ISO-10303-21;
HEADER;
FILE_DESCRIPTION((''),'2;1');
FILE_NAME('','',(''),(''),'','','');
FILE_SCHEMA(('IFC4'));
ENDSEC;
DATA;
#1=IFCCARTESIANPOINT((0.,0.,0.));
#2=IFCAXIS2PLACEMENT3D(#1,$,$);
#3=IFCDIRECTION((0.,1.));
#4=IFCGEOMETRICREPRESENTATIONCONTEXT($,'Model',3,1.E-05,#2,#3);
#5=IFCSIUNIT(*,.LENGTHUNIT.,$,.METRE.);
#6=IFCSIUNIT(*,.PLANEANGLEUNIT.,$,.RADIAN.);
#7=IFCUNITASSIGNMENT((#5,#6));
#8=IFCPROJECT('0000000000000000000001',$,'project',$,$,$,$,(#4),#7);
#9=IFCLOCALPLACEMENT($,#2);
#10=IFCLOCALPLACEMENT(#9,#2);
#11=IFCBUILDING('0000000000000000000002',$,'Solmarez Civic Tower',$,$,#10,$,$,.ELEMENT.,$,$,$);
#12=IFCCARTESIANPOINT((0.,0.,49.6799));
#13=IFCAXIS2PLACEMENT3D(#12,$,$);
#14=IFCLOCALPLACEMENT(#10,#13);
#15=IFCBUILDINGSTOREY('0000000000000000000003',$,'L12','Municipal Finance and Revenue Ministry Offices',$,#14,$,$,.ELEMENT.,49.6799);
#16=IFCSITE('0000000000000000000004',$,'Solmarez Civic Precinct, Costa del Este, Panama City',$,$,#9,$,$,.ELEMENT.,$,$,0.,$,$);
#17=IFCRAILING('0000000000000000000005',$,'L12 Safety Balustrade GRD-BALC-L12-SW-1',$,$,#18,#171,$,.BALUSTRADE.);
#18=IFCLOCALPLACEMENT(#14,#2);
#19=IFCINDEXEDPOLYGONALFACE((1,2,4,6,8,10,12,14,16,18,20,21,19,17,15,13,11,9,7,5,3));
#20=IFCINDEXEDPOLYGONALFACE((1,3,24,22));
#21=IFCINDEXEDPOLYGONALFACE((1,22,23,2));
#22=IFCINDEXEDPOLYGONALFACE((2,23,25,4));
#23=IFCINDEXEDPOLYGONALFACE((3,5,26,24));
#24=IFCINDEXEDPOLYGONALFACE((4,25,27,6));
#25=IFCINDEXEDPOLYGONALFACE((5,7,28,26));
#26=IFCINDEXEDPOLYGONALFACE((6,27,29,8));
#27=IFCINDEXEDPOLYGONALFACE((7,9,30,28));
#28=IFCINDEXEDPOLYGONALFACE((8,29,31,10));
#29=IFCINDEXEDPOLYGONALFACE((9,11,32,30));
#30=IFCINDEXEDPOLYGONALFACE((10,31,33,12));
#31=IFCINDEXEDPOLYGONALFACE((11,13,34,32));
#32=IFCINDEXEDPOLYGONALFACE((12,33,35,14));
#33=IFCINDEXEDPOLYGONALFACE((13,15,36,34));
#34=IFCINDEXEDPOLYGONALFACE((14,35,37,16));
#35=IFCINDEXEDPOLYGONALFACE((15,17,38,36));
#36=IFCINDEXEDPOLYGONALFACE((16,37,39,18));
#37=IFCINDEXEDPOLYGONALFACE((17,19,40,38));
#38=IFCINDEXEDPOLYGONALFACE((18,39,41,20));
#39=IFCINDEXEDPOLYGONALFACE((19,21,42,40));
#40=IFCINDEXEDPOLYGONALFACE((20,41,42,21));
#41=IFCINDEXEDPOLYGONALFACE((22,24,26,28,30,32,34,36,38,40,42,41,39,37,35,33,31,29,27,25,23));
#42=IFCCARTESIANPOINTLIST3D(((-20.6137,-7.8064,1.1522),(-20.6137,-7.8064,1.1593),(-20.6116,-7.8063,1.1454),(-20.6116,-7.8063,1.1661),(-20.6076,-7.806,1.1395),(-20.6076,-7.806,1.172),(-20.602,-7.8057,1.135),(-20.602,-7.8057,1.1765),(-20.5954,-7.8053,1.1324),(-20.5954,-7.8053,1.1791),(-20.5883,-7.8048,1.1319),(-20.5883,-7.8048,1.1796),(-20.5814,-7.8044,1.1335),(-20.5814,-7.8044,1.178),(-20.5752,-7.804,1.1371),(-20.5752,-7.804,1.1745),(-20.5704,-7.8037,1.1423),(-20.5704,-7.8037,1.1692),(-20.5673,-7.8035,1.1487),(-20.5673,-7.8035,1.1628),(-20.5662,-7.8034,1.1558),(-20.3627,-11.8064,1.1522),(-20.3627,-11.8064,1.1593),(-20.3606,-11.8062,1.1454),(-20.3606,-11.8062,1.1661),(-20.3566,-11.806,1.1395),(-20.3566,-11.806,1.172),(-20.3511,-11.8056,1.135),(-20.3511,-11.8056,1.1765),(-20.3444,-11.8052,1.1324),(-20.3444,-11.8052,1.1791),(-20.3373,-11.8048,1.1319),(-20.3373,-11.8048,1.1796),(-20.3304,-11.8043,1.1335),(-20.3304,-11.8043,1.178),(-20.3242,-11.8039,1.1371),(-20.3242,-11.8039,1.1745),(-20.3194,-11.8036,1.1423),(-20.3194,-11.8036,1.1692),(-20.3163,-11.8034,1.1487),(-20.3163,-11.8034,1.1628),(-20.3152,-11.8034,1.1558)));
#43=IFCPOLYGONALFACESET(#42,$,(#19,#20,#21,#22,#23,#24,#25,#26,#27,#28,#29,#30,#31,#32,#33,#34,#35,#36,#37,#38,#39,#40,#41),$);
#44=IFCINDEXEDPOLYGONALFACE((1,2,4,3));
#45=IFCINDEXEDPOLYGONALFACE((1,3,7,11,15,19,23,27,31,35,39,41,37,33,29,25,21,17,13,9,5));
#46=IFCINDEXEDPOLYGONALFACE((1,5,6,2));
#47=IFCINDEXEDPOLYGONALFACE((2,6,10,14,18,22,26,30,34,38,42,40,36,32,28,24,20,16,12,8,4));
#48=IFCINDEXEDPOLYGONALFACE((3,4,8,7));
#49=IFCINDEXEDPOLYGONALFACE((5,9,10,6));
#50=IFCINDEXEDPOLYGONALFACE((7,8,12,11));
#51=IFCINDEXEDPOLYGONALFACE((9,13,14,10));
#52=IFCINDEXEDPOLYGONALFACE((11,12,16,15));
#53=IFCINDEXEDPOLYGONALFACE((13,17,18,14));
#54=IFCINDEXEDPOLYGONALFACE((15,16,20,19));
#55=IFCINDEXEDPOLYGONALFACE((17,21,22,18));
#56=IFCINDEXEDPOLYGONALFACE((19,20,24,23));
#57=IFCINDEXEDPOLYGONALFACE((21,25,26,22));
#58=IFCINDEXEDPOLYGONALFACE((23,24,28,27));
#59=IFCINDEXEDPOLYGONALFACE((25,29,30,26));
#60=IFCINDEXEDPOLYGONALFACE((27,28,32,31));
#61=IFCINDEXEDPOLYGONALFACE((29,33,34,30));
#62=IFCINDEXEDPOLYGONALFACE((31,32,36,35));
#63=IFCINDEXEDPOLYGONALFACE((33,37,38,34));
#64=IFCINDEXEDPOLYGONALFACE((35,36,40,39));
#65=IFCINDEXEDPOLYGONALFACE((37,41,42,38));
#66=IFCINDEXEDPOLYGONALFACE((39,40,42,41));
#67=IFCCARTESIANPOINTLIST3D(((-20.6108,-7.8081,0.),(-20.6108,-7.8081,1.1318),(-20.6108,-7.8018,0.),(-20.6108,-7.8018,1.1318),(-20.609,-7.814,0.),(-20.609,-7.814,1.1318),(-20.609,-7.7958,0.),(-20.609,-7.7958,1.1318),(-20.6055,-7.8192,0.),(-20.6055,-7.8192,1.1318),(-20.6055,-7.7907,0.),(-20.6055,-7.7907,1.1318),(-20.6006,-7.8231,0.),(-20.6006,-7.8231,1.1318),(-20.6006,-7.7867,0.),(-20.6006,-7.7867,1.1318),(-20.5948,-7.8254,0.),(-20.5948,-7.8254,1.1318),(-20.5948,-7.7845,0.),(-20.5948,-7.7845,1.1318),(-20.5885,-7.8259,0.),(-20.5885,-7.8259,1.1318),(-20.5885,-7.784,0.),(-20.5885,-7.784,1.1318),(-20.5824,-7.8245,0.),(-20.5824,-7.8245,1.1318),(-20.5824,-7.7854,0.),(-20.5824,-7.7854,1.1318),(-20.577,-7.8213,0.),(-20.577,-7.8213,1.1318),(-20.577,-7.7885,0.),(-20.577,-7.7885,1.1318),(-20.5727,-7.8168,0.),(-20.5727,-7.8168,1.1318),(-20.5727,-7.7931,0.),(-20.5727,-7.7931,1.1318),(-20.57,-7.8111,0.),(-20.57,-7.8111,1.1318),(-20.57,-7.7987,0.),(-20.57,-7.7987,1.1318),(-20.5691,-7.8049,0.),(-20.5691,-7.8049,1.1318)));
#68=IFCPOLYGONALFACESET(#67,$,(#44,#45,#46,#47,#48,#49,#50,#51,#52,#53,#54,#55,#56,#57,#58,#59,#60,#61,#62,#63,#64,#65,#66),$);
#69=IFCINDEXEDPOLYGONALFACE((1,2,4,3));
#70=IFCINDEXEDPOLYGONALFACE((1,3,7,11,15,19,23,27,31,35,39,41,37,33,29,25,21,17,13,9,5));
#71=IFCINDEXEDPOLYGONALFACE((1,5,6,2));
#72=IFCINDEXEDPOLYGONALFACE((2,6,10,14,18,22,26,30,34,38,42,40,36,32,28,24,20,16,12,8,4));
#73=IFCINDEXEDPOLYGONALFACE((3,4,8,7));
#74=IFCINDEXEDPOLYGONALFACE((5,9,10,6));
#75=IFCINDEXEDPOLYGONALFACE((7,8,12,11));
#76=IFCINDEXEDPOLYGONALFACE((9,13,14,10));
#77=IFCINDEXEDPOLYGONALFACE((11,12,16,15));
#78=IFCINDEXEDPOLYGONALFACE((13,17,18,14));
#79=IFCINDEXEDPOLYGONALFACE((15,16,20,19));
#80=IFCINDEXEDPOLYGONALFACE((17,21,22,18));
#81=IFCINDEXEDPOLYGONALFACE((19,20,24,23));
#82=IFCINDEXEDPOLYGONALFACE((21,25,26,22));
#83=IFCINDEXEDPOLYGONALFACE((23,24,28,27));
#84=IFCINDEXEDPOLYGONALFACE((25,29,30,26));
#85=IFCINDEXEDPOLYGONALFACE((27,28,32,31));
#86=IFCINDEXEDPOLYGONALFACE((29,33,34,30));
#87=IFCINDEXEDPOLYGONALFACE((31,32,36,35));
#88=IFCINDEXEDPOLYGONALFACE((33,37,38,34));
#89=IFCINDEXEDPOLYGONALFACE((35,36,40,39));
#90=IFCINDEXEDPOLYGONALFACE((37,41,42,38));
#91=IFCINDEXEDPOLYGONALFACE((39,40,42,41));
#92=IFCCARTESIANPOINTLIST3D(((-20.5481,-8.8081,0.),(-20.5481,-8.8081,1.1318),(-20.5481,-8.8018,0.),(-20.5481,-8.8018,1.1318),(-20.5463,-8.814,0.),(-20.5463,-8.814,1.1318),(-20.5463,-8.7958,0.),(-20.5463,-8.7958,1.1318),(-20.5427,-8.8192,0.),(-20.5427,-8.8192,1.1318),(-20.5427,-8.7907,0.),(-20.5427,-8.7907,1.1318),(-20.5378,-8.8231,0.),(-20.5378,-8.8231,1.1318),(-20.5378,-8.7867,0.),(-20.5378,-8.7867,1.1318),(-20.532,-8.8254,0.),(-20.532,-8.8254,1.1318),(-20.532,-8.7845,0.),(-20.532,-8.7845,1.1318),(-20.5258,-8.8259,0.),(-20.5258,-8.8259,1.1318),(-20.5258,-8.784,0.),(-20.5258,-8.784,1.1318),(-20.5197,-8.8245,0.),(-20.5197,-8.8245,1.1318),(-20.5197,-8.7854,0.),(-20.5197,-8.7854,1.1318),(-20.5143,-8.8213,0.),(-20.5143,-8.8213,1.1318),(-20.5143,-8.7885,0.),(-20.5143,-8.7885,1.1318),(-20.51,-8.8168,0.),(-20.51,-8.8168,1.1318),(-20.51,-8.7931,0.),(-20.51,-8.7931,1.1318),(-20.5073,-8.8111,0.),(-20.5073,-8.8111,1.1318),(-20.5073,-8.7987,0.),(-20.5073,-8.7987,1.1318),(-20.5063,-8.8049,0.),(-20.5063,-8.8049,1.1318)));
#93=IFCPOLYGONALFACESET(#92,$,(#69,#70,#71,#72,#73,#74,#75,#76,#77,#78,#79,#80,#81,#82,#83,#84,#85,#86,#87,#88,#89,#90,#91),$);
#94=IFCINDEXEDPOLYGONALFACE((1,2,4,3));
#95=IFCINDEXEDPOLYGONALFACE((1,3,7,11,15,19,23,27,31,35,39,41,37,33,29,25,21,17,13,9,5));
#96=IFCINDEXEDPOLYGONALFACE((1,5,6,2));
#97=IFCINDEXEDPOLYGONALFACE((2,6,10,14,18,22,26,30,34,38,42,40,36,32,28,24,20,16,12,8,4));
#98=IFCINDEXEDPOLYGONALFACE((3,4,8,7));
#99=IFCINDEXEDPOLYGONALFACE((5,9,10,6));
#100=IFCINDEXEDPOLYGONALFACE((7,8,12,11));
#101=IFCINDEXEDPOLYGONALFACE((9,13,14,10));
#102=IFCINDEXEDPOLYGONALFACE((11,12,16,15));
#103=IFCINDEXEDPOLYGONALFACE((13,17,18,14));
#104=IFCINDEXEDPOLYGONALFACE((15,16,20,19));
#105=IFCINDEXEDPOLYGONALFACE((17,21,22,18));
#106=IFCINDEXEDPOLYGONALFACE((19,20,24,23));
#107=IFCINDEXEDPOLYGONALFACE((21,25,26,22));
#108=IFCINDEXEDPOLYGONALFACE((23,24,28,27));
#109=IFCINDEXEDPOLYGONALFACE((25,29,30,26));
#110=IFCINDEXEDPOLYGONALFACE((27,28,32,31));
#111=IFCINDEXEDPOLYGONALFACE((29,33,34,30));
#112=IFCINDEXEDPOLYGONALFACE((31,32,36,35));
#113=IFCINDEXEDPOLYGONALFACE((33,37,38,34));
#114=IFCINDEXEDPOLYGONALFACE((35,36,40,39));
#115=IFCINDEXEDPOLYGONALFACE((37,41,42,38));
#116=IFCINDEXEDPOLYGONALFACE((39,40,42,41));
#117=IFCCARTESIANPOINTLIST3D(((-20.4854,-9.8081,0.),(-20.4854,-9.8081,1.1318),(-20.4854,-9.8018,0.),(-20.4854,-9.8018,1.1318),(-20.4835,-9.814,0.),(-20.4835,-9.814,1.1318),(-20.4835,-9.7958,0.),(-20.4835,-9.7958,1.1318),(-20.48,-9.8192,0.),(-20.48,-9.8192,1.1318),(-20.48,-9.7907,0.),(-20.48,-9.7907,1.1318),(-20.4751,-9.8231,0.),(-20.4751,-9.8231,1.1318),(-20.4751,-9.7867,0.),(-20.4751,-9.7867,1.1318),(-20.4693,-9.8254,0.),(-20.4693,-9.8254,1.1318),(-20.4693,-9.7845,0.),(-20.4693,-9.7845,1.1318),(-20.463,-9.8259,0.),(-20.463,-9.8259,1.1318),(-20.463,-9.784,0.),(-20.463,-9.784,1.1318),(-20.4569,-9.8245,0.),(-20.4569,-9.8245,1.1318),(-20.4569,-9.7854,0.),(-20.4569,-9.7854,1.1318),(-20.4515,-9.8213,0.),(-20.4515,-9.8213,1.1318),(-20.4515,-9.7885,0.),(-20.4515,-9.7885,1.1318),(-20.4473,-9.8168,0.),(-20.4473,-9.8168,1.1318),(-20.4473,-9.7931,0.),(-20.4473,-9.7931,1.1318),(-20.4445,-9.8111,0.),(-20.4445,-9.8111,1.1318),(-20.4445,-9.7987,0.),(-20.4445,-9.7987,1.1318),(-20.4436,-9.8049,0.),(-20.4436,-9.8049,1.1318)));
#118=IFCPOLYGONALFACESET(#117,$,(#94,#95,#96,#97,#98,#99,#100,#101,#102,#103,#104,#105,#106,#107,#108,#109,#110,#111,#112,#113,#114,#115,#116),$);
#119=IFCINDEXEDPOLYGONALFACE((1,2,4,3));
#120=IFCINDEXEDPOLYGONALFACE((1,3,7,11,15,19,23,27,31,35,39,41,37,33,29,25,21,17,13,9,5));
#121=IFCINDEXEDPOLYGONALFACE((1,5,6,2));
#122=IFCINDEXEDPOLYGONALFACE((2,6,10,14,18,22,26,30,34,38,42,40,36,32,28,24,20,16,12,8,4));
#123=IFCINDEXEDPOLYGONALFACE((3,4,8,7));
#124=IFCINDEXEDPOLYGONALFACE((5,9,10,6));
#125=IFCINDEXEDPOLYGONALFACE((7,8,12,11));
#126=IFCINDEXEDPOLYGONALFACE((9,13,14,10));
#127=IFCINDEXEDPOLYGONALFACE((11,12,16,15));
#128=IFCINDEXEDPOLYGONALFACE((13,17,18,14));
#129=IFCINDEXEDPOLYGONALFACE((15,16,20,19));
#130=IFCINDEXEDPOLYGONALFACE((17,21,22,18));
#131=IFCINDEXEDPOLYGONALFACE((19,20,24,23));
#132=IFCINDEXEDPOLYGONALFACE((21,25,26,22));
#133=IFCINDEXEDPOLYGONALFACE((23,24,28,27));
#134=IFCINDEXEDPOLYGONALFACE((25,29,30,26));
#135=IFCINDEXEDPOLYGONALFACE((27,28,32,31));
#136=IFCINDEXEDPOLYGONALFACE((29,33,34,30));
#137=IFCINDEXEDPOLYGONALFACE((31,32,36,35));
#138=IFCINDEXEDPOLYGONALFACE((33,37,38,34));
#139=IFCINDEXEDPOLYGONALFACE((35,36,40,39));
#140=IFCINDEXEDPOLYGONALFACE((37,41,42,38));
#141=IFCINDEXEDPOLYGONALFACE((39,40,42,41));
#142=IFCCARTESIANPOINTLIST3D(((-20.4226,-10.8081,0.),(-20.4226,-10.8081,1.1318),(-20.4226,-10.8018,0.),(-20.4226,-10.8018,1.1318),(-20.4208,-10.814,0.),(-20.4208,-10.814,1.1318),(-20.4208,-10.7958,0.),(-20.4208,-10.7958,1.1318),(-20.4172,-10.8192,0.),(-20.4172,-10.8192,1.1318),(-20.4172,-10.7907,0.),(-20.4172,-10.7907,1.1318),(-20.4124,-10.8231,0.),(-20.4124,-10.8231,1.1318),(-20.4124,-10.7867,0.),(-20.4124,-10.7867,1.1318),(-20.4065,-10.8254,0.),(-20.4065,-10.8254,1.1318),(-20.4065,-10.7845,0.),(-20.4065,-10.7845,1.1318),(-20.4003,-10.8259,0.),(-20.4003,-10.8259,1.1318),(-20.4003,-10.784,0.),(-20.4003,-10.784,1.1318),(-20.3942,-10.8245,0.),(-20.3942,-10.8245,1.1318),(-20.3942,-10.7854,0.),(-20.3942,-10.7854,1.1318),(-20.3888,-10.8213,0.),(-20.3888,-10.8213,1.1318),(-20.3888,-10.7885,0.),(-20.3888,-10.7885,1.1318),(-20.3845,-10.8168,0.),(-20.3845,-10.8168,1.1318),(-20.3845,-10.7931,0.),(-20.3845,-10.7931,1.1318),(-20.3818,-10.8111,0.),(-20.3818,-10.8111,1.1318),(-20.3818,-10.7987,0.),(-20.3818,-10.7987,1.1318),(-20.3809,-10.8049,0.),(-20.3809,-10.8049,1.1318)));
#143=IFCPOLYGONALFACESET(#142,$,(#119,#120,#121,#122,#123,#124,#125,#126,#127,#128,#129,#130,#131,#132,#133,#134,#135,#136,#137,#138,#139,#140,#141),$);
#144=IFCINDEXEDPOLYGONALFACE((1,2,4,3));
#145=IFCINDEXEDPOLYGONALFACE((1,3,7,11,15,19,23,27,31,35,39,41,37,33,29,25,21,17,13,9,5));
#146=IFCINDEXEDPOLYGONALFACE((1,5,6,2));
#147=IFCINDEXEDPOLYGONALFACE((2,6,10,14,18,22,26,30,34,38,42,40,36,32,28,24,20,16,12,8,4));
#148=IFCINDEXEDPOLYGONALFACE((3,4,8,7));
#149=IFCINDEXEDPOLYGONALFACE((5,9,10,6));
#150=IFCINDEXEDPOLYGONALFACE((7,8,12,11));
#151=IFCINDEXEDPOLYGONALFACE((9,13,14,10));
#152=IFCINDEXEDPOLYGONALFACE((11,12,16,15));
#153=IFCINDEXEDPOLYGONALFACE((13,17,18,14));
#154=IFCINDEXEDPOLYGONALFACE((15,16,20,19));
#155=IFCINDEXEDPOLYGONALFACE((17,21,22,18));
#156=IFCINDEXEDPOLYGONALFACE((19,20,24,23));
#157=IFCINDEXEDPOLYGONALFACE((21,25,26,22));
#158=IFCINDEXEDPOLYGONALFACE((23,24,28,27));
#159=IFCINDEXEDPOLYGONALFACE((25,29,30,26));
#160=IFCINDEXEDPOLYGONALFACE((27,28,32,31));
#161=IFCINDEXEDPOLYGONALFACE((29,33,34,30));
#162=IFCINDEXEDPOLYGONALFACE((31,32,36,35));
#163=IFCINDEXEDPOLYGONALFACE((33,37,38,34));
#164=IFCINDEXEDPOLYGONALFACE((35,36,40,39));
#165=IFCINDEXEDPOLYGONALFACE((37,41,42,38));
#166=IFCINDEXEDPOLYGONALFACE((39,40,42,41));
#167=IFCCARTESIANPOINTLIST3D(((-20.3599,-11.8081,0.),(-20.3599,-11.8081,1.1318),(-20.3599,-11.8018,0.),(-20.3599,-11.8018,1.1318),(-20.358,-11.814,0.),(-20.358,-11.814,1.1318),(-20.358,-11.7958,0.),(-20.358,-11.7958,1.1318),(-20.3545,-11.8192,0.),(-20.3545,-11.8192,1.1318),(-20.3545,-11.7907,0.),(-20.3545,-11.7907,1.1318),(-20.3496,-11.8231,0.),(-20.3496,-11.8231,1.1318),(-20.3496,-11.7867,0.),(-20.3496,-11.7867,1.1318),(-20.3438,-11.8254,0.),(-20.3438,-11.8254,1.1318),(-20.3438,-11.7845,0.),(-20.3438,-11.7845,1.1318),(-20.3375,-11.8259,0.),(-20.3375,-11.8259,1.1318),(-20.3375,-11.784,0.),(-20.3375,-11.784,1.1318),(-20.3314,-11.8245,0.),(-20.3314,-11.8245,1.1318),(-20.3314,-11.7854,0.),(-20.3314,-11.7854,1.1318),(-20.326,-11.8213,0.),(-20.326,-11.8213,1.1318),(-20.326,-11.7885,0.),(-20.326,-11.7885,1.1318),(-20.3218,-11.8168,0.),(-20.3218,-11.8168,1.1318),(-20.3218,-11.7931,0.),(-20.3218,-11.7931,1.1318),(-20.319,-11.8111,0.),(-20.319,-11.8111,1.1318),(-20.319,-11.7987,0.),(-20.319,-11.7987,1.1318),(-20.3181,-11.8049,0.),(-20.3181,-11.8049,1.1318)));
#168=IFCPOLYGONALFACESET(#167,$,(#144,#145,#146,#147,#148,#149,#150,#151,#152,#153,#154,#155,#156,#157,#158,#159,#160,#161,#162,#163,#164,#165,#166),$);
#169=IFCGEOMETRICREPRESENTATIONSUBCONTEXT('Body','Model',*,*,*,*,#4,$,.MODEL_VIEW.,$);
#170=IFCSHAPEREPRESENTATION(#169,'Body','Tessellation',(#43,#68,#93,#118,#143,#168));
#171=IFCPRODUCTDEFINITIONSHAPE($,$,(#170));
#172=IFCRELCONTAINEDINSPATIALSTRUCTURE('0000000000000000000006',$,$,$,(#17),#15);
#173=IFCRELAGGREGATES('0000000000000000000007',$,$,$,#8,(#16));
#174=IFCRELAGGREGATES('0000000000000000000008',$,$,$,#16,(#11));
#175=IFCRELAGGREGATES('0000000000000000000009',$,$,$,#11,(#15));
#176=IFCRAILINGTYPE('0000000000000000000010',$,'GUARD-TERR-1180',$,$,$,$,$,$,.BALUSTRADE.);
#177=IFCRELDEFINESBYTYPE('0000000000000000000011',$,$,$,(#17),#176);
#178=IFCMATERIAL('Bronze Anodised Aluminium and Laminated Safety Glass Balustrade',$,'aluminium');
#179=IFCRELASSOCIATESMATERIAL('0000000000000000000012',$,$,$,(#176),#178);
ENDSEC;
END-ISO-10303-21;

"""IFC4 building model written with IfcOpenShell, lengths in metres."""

from ifc_helpers import new_model, si_unit, direction, frame, origin, origin_2d, place, context, subcontext, project, spatial, circle, extrude, material, type_object, element, save


model = new_model("IFC4")

# Units and contexts
model_context = context("Model", 3, precision=1e-05, world=origin(), true_north=direction((0.0, 1.0)))
body_context = subcontext(model_context, "Body", "Model", "MODEL_VIEW")
ifc_project = project(units=[si_unit("LENGTHUNIT", "METRE"), si_unit("PLANEANGLEUNIT", "RADIAN")], contexts=[model_context])

# Site, building, storey
site_placement = place(None, origin())
site = spatial("IfcSite", under=ifc_project, at=site_placement, Name="Solmarez Civic Precinct, Costa del Este, Panama City", CompositionType="ELEMENT", RefElevation=0.0)
building_placement = place(site_placement, origin())
building = spatial("IfcBuilding", under=site, at=building_placement, Name="Solmarez Civic Tower", CompositionType="ELEMENT")
storey_placement = place(building_placement, frame((0.0, 0.0, 49.6799)))
storey = spatial("IfcBuildingStorey", under=building, at=storey_placement, Name="L12", Description="Municipal Finance and Revenue Ministry Offices", CompositionType="ELEMENT", Elevation=49.6799)

# Railing
ifc_material_1 = material(Name="Bronze Anodised Aluminium and Laminated Safety Glass Balustrade", Category="aluminium")
railing_type = type_object("IfcRailingType", Name="GUARD-TERR-1180", PredefinedType="BALUSTRADE", material=ifc_material_1)
railing_1_placement = place(storey_placement, frame((-20.5901, -7.8049, 0.0)))
element("IfcRailing", 1, at=railing_1_placement, inside=storey, type_object=railing_type, Name="L12 Safety Balustrade GRD-BALC-L12-SW-1", PredefinedType="BALUSTRADE", context=body_context, shape_type="SweptSolid", body=[
    extrude(circle(Radius=0.0239, at=origin_2d()), frame((0.0, 0.0, 1.1558), z_axis=(0.062621, -0.998037, 0.0), x_axis=(0.998037, 0.062621, 0.0)), (0.0, 0.0, 1.0), 4.0078),
    extrude(circle(Radius=0.021, at=origin_2d()), origin(), (0.0, 0.0, 1.0), 1.1318),
    extrude(circle(Radius=0.021, at=origin_2d()), frame((0.0627, -1.0, 0.0)), (0.0, 0.0, 1.0), 1.1318),
    extrude(circle(Radius=0.021, at=origin_2d()), frame((0.1255, -2.0, 0.0)), (0.0, 0.0, 1.0), 1.1318),
    extrude(circle(Radius=0.021, at=origin_2d()), frame((0.1882, -3.0, 0.0)), (0.0, 0.0, 1.0), 1.1318),
    extrude(circle(Radius=0.021, at=origin_2d()), frame((0.251, -4.0, 0.0)), (0.0, 0.0, 1.0), 1.1318),
])

save(model, "model.ifc")
